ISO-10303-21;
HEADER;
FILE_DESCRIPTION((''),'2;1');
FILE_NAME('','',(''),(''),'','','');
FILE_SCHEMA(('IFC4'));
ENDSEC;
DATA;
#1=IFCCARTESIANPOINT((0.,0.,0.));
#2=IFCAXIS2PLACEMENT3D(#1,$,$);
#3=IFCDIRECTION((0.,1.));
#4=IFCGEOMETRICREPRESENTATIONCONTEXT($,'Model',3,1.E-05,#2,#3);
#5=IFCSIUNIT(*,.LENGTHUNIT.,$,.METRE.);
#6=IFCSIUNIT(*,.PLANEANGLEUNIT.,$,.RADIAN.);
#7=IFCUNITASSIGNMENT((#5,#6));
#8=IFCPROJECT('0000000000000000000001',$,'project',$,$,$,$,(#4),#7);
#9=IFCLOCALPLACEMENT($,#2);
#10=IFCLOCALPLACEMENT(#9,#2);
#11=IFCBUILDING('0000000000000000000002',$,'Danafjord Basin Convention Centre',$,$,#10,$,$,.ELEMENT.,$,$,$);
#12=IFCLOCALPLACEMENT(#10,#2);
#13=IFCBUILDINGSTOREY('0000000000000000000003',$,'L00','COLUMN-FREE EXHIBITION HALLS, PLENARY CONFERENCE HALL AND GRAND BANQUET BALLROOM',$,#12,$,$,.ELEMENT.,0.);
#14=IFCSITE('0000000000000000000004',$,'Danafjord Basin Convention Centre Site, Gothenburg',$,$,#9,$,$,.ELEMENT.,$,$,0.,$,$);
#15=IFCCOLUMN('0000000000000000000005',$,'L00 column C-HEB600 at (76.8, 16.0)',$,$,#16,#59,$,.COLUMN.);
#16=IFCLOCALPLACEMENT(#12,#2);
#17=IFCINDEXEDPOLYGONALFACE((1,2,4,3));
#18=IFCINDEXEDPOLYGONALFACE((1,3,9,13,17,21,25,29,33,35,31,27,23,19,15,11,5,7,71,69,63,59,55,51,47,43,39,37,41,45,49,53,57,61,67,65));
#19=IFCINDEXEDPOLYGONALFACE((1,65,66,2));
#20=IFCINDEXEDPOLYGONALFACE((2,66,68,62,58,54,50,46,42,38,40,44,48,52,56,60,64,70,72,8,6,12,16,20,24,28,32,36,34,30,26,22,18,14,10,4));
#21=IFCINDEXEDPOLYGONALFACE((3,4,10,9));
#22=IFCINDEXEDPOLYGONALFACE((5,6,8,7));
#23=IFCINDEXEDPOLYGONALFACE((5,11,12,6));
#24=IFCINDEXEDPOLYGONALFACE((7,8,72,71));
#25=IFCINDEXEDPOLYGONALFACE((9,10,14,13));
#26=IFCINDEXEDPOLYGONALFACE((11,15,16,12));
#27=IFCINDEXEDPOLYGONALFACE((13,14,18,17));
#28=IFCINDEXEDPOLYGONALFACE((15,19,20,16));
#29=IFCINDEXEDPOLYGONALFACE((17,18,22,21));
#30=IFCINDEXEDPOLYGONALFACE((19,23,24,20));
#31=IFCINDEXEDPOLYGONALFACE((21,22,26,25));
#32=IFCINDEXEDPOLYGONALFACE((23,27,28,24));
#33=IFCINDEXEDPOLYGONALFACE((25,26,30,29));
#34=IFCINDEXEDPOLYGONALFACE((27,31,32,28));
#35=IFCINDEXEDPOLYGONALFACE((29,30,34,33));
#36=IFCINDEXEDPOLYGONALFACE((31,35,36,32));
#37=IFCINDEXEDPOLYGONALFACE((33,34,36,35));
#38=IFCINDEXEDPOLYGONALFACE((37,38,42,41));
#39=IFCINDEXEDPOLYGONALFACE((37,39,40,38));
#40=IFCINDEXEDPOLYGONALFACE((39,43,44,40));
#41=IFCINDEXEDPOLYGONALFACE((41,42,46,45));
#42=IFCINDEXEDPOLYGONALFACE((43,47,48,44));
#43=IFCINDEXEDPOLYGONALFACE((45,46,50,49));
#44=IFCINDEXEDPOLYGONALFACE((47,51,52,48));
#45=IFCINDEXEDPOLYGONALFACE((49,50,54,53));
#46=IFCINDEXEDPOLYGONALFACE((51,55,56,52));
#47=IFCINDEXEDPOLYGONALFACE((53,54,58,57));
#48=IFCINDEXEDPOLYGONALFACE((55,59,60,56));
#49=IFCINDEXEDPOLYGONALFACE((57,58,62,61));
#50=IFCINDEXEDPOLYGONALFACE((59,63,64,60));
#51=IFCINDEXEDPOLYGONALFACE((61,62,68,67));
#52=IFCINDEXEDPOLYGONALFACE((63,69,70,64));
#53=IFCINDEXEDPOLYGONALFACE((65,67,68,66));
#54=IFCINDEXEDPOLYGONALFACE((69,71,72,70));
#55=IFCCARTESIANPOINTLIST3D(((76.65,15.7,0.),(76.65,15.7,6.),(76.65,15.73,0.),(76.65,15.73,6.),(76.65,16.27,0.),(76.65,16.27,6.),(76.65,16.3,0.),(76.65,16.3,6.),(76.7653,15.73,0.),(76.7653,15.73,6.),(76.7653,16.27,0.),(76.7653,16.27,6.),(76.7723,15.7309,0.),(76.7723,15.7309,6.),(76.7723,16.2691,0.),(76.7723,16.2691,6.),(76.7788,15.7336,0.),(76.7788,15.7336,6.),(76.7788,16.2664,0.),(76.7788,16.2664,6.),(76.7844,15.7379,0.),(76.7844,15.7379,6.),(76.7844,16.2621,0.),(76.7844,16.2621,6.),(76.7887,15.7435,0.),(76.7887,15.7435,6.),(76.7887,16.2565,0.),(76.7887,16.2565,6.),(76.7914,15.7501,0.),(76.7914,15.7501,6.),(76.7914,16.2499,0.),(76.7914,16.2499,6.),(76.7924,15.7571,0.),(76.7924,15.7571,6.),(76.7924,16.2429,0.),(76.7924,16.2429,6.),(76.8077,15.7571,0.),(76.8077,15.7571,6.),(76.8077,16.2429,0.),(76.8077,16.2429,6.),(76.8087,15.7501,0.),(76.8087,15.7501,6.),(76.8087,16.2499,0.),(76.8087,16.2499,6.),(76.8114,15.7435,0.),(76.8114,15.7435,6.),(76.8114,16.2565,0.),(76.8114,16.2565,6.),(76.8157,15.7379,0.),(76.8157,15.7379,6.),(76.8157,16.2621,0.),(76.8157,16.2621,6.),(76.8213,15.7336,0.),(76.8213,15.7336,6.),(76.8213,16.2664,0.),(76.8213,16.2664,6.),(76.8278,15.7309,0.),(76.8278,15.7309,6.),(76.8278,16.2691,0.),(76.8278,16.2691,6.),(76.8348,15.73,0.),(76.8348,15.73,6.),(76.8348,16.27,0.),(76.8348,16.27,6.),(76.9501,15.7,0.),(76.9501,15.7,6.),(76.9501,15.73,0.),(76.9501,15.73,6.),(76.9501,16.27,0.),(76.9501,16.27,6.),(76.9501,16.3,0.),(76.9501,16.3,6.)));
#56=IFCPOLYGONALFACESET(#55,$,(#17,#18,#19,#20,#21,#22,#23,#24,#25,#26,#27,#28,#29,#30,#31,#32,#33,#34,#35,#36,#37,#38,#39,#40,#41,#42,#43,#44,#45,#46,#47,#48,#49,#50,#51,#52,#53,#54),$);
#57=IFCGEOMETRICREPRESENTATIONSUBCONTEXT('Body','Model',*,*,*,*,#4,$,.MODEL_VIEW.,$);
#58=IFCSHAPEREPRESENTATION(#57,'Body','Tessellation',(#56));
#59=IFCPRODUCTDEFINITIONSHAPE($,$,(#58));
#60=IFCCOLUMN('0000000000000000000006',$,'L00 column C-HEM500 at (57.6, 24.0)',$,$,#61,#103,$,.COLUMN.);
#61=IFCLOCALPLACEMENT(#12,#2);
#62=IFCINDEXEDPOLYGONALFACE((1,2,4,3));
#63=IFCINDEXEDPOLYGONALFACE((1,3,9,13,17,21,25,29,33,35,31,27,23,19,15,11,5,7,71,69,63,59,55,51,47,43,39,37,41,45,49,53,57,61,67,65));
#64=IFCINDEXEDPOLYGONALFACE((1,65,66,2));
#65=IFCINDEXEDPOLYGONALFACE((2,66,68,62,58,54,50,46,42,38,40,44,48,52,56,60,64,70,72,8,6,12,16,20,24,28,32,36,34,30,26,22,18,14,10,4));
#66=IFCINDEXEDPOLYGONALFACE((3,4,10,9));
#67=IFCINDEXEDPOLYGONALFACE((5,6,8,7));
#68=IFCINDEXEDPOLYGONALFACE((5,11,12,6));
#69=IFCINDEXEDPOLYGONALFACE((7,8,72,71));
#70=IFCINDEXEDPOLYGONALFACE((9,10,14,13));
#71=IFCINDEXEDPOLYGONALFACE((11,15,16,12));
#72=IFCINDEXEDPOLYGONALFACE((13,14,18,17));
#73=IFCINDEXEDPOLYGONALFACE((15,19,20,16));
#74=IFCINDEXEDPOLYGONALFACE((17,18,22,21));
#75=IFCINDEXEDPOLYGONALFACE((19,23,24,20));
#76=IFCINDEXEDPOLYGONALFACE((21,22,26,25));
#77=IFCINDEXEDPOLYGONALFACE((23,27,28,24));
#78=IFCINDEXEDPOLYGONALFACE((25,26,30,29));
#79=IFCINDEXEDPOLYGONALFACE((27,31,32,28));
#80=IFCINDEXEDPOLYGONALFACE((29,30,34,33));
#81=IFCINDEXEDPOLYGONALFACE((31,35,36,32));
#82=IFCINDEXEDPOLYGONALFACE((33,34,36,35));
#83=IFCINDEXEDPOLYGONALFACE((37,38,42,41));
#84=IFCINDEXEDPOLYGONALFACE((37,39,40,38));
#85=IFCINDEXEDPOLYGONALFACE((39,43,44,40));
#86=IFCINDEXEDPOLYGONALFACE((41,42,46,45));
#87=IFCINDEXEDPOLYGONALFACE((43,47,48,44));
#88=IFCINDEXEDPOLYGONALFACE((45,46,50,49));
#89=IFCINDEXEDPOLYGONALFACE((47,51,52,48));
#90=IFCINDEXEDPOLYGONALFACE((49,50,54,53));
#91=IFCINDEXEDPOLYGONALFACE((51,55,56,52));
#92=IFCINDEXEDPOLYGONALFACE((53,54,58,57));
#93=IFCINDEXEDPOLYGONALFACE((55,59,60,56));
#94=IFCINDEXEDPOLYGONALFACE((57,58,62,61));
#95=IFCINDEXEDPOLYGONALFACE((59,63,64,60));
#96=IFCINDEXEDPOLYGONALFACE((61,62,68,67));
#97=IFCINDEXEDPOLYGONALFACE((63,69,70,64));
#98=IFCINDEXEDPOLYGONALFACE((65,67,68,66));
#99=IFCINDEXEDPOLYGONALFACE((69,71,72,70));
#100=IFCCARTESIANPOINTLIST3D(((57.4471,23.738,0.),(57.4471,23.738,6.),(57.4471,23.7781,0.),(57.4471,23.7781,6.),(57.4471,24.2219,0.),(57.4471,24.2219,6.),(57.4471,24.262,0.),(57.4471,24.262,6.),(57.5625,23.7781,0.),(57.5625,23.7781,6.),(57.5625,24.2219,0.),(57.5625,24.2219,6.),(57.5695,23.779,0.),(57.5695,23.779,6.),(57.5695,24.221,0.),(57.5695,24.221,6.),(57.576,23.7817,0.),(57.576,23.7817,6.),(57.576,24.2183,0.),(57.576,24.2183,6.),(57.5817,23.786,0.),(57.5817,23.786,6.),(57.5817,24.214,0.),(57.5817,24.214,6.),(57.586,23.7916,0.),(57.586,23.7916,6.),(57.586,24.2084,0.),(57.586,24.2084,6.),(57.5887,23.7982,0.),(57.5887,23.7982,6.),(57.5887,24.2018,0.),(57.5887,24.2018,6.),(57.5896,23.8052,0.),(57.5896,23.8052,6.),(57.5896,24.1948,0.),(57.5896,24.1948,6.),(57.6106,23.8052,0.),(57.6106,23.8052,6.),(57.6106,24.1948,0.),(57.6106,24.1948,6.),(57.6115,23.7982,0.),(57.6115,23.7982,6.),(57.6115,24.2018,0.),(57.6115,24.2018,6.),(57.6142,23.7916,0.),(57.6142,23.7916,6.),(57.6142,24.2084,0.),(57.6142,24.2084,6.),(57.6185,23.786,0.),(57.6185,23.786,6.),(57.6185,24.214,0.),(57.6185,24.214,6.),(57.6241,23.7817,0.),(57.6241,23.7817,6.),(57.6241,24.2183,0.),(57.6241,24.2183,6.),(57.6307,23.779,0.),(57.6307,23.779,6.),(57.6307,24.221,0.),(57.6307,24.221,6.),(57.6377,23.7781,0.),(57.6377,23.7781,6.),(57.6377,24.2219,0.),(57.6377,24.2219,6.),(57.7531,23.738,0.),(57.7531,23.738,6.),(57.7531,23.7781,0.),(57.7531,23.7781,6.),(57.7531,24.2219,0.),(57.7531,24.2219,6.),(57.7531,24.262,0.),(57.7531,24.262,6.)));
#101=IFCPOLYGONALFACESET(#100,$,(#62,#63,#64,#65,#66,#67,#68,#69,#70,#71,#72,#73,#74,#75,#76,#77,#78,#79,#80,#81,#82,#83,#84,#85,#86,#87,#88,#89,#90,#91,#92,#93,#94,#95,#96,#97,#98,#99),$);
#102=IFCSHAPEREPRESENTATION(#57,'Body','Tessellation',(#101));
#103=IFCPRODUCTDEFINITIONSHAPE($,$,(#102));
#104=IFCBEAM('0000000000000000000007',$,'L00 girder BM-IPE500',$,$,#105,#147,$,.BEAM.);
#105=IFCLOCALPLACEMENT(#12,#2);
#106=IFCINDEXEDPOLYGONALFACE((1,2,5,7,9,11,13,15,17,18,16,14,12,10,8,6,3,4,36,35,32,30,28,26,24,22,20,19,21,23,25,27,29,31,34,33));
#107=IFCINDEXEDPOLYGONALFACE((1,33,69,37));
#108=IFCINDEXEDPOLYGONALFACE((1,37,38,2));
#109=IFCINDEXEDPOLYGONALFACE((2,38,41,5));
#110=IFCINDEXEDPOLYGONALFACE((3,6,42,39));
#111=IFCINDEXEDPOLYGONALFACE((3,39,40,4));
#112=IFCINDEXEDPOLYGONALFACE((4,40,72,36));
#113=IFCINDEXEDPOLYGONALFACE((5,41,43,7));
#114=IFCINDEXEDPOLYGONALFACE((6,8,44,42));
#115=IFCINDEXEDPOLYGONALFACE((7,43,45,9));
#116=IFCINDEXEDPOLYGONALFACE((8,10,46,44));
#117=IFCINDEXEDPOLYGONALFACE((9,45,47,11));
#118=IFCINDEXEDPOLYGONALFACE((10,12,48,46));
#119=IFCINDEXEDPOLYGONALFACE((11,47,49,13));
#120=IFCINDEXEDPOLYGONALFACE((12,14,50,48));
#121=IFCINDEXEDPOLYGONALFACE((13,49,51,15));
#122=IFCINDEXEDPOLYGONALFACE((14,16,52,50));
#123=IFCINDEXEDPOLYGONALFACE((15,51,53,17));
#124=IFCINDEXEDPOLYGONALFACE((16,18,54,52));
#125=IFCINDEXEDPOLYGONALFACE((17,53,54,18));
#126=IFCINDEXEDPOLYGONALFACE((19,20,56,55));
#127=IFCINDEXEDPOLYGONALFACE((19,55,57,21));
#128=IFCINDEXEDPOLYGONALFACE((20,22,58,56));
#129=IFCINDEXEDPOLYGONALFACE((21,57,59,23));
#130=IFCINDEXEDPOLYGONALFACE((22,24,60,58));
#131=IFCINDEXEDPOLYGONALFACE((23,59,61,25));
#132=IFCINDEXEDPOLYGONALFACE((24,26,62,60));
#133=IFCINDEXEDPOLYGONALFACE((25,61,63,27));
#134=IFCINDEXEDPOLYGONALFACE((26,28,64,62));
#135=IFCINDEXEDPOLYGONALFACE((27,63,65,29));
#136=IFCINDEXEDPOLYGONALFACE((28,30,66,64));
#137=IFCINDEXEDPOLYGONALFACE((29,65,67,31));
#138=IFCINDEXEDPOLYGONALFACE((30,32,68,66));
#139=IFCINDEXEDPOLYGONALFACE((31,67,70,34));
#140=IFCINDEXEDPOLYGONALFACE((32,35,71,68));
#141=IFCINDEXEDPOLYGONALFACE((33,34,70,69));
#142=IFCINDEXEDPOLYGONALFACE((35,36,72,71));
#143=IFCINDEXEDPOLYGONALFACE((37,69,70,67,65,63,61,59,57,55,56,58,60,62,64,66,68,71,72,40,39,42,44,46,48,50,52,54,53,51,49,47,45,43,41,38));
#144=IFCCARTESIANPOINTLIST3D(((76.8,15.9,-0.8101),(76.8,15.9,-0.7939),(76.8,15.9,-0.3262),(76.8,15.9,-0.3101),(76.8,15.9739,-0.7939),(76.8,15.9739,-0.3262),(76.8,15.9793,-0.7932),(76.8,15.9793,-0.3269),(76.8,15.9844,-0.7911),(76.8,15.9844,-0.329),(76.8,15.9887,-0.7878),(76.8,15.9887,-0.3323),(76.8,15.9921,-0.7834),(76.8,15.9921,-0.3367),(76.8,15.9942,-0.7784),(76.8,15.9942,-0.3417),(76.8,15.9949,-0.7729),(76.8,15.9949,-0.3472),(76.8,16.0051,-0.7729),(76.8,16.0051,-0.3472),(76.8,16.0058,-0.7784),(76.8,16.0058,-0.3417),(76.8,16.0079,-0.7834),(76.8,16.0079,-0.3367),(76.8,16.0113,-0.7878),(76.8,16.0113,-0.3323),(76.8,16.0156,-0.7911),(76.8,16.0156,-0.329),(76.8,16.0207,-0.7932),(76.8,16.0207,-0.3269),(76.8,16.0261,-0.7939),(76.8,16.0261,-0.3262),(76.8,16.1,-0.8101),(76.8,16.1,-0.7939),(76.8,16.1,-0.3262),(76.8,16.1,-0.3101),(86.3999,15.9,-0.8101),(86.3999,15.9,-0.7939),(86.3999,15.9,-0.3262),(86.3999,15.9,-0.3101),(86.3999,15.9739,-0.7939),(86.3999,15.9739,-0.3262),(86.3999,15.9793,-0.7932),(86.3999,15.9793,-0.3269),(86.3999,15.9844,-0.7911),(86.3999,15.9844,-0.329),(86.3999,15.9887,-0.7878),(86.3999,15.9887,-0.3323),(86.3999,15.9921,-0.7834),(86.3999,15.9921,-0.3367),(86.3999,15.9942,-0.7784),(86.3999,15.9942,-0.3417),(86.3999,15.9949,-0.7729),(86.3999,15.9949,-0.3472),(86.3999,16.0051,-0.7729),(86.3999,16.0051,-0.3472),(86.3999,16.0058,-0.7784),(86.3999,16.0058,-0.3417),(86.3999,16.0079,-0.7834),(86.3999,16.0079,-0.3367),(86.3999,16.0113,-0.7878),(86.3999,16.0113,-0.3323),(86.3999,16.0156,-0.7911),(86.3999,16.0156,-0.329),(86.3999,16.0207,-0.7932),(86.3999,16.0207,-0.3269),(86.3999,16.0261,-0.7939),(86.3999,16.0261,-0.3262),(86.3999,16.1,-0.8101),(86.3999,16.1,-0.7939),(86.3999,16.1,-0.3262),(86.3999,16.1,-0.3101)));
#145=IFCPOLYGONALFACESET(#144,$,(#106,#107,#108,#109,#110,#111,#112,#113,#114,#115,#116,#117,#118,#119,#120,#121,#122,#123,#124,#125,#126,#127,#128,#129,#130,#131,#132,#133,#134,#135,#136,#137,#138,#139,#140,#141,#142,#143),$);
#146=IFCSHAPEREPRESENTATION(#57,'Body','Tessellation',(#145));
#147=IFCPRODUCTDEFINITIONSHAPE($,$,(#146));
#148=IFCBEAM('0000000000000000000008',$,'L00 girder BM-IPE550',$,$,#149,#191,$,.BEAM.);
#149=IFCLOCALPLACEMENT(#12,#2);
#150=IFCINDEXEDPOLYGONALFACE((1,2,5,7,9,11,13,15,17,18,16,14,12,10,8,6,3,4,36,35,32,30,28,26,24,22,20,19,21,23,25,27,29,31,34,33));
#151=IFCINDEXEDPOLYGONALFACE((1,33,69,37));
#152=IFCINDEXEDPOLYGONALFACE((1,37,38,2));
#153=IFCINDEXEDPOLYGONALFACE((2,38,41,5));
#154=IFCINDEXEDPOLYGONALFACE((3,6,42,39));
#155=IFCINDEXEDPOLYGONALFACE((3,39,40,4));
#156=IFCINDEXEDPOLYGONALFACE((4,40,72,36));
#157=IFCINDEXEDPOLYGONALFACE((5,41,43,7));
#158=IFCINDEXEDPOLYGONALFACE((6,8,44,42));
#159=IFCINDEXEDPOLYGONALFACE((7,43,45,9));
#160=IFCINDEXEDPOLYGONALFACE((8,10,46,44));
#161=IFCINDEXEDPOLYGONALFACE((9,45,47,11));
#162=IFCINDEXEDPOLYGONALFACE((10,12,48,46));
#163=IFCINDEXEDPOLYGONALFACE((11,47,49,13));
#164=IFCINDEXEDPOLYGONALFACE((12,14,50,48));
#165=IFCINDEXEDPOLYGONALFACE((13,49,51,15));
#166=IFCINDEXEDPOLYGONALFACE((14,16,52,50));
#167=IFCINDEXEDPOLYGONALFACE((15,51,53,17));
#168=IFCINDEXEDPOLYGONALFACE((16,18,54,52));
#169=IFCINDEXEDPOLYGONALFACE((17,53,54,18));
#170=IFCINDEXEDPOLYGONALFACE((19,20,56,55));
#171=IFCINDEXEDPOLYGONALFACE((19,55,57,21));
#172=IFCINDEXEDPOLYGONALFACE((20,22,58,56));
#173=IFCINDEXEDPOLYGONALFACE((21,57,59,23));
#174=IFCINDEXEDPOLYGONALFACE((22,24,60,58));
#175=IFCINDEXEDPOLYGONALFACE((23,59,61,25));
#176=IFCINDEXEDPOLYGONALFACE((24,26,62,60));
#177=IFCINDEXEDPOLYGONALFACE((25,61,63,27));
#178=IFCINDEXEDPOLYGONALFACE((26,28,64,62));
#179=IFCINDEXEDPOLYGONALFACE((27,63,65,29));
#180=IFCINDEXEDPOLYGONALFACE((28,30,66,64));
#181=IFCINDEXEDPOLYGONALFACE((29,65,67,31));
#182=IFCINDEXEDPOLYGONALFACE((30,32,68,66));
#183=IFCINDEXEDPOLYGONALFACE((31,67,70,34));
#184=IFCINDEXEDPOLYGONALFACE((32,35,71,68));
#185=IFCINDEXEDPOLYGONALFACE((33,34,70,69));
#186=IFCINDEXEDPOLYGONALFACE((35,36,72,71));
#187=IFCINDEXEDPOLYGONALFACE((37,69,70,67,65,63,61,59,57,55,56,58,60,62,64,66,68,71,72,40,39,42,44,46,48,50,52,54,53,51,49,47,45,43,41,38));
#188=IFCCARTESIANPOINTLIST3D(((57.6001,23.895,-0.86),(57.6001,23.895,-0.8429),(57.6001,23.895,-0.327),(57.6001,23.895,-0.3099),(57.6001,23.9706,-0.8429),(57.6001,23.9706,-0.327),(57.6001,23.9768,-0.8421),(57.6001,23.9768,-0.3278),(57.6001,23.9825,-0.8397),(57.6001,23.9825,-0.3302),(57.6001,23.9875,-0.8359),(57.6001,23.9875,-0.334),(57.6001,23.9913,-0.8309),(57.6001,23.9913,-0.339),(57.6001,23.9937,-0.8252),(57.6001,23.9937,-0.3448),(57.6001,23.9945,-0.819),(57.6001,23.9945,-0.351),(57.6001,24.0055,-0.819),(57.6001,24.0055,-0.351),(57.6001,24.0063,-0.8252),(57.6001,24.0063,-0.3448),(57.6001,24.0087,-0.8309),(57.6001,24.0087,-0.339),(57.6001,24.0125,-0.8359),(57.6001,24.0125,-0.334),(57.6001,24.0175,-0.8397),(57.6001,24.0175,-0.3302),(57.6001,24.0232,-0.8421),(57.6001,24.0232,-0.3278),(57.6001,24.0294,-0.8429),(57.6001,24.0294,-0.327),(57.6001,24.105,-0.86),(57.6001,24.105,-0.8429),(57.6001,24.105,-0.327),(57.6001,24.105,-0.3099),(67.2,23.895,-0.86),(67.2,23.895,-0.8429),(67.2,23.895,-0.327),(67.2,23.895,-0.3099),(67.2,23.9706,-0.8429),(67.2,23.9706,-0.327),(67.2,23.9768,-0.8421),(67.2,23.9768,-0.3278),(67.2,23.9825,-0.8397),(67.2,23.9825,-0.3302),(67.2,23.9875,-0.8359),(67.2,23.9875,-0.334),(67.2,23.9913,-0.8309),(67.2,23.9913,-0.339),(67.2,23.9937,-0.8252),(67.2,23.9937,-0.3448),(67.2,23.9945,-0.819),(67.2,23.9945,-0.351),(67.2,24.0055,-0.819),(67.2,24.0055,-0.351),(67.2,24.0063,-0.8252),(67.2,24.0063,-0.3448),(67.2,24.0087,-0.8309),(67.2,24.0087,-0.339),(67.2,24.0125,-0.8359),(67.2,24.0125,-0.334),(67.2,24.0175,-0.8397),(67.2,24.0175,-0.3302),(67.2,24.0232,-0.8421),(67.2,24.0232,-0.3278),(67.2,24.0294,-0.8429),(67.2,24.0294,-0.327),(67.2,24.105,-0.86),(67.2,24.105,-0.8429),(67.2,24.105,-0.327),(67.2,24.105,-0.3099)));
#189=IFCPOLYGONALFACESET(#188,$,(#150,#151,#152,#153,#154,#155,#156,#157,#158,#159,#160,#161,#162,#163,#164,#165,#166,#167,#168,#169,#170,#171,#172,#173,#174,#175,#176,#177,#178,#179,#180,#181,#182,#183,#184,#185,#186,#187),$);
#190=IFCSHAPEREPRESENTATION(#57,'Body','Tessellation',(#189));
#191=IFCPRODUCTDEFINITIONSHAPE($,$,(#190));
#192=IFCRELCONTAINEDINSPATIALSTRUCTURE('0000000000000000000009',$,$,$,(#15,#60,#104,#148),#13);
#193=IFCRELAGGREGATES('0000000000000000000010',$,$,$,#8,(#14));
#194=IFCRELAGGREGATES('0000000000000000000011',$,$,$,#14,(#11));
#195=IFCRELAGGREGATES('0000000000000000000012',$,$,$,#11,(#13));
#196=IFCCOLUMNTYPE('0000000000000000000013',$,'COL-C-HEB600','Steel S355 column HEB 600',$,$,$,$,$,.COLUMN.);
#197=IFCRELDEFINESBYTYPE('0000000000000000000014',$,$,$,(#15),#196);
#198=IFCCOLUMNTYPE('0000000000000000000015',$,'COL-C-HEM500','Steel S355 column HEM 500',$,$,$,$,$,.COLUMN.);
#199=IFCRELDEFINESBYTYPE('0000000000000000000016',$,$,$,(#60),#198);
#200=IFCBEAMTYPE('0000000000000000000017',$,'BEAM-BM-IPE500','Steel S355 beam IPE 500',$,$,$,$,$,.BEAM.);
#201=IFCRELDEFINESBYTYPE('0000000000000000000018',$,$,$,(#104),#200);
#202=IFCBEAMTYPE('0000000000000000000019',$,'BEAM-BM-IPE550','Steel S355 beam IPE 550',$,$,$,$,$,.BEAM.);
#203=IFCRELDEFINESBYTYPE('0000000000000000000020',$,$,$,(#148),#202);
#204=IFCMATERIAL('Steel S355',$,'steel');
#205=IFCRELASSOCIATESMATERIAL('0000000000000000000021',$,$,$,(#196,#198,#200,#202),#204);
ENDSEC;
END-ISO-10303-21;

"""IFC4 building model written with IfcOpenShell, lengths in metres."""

from ifc_helpers import new_model, si_unit, direction, frame, origin, origin_2d, place, context, subcontext, project, spatial, i_section, extrude, material, material_profile, profile_set, type_object, element, save


model = new_model("IFC4")

# Units and contexts
model_context = context("Model", 3, precision=1e-05, world=origin(), true_north=direction((0.0, 1.0)))
body_context = subcontext(model_context, "Body", "Model", "MODEL_VIEW")
ifc_project = project(units=[si_unit("LENGTHUNIT", "METRE"), si_unit("PLANEANGLEUNIT", "RADIAN")], contexts=[model_context])

# Site, building, storey
site_placement = place(None, origin())
site = spatial("IfcSite", under=ifc_project, at=site_placement, Name="Danafjord Basin Convention Centre Site, Gothenburg", CompositionType="ELEMENT", RefElevation=0.0)
building_placement = place(site_placement, origin())
building = spatial("IfcBuilding", under=site, at=building_placement, Name="Danafjord Basin Convention Centre", CompositionType="ELEMENT")
storey_placement = place(building_placement, origin())
storey = spatial("IfcBuildingStorey", under=building, at=storey_placement, Name="L00", Description="COLUMN-FREE EXHIBITION HALLS, PLENARY CONFERENCE HALL AND GRAND BANQUET BALLROOM", CompositionType="ELEMENT", Elevation=0.0)

# Columns
ifc_material_1 = material(Name="Steel S355", Category="steel")
ifc_material_profile_1 = material_profile(ifc_material_1, i_section(OverallWidth=0.3, OverallDepth=0.6001, WebThickness=0.0154, FlangeThickness=0.03, FilletRadius=0.0271, at=origin_2d()), Name="HEB 600")
ifc_profile_set_1 = profile_set([ifc_material_profile_1], Name="Steel S355")
column_type_1 = type_object("IfcColumnType", Name="COL-C-HEB600", Description="Steel S355 column HEB 600", PredefinedType="COLUMN", material=ifc_profile_set_1)
column_1_placement = place(storey_placement, frame((76.8, 16.0, 0.0), z_axis=(0.0, 0.0, 1.0), x_axis=(1.0, 0.0, 0.0)))
element("IfcColumn", 1, at=column_1_placement, inside=storey, type_object=column_type_1, Name="L00 column C-HEB600 at (76.8, 16.0)", PredefinedType="COLUMN", context=body_context, shape_type="SweptSolid", body=[
    extrude(i_section(OverallWidth=0.3, OverallDepth=0.6001, WebThickness=0.0154, FlangeThickness=0.03, FilletRadius=0.0271, at=origin_2d()), origin(), (0.0, 0.0, 1.0), 6.0),
])
ifc_material_profile_2 = material_profile(ifc_material_1, i_section(OverallWidth=0.3059, OverallDepth=0.5239, WebThickness=0.021, FlangeThickness=0.04, FilletRadius=0.0271, at=origin_2d()), Name="HEM 500")
ifc_profile_set_2 = profile_set([ifc_material_profile_2], Name="Steel S355")
column_type_2 = type_object("IfcColumnType", Name="COL-C-HEM500", Description="Steel S355 column HEM 500", PredefinedType="COLUMN", material=ifc_profile_set_2)
column_2_placement = place(storey_placement, frame((57.6001, 24.0, 0.0), z_axis=(0.0, 0.0, 1.0), x_axis=(1.0, 0.0, 0.0)))
element("IfcColumn", 2, at=column_2_placement, inside=storey, type_object=column_type_2, Name="L00 column C-HEM500 at (57.6, 24.0)", PredefinedType="COLUMN", context=body_context, shape_type="SweptSolid", body=[
    extrude(i_section(OverallWidth=0.3059, OverallDepth=0.5239, WebThickness=0.021, FlangeThickness=0.04, FilletRadius=0.0271, at=origin_2d()), origin(), (0.0, 0.0, 1.0), 6.0),
])

# Beams
ifc_material_profile_3 = material_profile(ifc_material_1, i_section(OverallWidth=0.2, OverallDepth=0.5, WebThickness=0.0103, FlangeThickness=0.0161, FilletRadius=0.021, at=origin_2d()), Name="IPE 500")
ifc_profile_set_3 = profile_set([ifc_material_profile_3], Name="Steel S355")
beam_type_1 = type_object("IfcBeamType", Name="BEAM-BM-IPE500", Description="Steel S355 beam IPE 500", PredefinedType="BEAM", material=ifc_profile_set_3)
beam_1_placement = place(storey_placement, frame((76.8, 16.0, -0.5601), z_axis=(1.0, 0.0, 0.0), x_axis=(0.0, 1.0, 0.0)))
element("IfcBeam", 3, at=beam_1_placement, inside=storey, type_object=beam_type_1, Name="L00 girder BM-IPE500", PredefinedType="BEAM", context=body_context, shape_type="SweptSolid", body=[
    extrude(i_section(OverallWidth=0.2, OverallDepth=0.5, WebThickness=0.0103, FlangeThickness=0.0161, FilletRadius=0.021, at=origin_2d()), origin(), (0.0, 0.0, 1.0), 9.5999),
])
ifc_material_profile_4 = material_profile(ifc_material_1, i_section(OverallWidth=0.21, OverallDepth=0.55, WebThickness=0.011, FlangeThickness=0.0171, FilletRadius=0.0239, at=origin_2d()), Name="IPE 550")
ifc_profile_set_4 = profile_set([ifc_material_profile_4], Name="Steel S355")
beam_type_2 = type_object("IfcBeamType", Name="BEAM-BM-IPE550", Description="Steel S355 beam IPE 550", PredefinedType="BEAM", material=ifc_profile_set_4)
beam_2_placement = place(storey_placement, frame((57.6001, 24.0, -0.585), z_axis=(1.0, 0.0, 0.0), x_axis=(0.0, 1.0, 0.0)))
element("IfcBeam", 4, at=beam_2_placement, inside=storey, type_object=beam_type_2, Name="L00 girder BM-IPE550", PredefinedType="BEAM", context=body_context, shape_type="SweptSolid", body=[
    extrude(i_section(OverallWidth=0.21, OverallDepth=0.55, WebThickness=0.011, FlangeThickness=0.0171, FilletRadius=0.0239, at=origin_2d()), origin(), (0.0, 0.0, 1.0), 9.5999),
])

save(model, "model.ifc")
